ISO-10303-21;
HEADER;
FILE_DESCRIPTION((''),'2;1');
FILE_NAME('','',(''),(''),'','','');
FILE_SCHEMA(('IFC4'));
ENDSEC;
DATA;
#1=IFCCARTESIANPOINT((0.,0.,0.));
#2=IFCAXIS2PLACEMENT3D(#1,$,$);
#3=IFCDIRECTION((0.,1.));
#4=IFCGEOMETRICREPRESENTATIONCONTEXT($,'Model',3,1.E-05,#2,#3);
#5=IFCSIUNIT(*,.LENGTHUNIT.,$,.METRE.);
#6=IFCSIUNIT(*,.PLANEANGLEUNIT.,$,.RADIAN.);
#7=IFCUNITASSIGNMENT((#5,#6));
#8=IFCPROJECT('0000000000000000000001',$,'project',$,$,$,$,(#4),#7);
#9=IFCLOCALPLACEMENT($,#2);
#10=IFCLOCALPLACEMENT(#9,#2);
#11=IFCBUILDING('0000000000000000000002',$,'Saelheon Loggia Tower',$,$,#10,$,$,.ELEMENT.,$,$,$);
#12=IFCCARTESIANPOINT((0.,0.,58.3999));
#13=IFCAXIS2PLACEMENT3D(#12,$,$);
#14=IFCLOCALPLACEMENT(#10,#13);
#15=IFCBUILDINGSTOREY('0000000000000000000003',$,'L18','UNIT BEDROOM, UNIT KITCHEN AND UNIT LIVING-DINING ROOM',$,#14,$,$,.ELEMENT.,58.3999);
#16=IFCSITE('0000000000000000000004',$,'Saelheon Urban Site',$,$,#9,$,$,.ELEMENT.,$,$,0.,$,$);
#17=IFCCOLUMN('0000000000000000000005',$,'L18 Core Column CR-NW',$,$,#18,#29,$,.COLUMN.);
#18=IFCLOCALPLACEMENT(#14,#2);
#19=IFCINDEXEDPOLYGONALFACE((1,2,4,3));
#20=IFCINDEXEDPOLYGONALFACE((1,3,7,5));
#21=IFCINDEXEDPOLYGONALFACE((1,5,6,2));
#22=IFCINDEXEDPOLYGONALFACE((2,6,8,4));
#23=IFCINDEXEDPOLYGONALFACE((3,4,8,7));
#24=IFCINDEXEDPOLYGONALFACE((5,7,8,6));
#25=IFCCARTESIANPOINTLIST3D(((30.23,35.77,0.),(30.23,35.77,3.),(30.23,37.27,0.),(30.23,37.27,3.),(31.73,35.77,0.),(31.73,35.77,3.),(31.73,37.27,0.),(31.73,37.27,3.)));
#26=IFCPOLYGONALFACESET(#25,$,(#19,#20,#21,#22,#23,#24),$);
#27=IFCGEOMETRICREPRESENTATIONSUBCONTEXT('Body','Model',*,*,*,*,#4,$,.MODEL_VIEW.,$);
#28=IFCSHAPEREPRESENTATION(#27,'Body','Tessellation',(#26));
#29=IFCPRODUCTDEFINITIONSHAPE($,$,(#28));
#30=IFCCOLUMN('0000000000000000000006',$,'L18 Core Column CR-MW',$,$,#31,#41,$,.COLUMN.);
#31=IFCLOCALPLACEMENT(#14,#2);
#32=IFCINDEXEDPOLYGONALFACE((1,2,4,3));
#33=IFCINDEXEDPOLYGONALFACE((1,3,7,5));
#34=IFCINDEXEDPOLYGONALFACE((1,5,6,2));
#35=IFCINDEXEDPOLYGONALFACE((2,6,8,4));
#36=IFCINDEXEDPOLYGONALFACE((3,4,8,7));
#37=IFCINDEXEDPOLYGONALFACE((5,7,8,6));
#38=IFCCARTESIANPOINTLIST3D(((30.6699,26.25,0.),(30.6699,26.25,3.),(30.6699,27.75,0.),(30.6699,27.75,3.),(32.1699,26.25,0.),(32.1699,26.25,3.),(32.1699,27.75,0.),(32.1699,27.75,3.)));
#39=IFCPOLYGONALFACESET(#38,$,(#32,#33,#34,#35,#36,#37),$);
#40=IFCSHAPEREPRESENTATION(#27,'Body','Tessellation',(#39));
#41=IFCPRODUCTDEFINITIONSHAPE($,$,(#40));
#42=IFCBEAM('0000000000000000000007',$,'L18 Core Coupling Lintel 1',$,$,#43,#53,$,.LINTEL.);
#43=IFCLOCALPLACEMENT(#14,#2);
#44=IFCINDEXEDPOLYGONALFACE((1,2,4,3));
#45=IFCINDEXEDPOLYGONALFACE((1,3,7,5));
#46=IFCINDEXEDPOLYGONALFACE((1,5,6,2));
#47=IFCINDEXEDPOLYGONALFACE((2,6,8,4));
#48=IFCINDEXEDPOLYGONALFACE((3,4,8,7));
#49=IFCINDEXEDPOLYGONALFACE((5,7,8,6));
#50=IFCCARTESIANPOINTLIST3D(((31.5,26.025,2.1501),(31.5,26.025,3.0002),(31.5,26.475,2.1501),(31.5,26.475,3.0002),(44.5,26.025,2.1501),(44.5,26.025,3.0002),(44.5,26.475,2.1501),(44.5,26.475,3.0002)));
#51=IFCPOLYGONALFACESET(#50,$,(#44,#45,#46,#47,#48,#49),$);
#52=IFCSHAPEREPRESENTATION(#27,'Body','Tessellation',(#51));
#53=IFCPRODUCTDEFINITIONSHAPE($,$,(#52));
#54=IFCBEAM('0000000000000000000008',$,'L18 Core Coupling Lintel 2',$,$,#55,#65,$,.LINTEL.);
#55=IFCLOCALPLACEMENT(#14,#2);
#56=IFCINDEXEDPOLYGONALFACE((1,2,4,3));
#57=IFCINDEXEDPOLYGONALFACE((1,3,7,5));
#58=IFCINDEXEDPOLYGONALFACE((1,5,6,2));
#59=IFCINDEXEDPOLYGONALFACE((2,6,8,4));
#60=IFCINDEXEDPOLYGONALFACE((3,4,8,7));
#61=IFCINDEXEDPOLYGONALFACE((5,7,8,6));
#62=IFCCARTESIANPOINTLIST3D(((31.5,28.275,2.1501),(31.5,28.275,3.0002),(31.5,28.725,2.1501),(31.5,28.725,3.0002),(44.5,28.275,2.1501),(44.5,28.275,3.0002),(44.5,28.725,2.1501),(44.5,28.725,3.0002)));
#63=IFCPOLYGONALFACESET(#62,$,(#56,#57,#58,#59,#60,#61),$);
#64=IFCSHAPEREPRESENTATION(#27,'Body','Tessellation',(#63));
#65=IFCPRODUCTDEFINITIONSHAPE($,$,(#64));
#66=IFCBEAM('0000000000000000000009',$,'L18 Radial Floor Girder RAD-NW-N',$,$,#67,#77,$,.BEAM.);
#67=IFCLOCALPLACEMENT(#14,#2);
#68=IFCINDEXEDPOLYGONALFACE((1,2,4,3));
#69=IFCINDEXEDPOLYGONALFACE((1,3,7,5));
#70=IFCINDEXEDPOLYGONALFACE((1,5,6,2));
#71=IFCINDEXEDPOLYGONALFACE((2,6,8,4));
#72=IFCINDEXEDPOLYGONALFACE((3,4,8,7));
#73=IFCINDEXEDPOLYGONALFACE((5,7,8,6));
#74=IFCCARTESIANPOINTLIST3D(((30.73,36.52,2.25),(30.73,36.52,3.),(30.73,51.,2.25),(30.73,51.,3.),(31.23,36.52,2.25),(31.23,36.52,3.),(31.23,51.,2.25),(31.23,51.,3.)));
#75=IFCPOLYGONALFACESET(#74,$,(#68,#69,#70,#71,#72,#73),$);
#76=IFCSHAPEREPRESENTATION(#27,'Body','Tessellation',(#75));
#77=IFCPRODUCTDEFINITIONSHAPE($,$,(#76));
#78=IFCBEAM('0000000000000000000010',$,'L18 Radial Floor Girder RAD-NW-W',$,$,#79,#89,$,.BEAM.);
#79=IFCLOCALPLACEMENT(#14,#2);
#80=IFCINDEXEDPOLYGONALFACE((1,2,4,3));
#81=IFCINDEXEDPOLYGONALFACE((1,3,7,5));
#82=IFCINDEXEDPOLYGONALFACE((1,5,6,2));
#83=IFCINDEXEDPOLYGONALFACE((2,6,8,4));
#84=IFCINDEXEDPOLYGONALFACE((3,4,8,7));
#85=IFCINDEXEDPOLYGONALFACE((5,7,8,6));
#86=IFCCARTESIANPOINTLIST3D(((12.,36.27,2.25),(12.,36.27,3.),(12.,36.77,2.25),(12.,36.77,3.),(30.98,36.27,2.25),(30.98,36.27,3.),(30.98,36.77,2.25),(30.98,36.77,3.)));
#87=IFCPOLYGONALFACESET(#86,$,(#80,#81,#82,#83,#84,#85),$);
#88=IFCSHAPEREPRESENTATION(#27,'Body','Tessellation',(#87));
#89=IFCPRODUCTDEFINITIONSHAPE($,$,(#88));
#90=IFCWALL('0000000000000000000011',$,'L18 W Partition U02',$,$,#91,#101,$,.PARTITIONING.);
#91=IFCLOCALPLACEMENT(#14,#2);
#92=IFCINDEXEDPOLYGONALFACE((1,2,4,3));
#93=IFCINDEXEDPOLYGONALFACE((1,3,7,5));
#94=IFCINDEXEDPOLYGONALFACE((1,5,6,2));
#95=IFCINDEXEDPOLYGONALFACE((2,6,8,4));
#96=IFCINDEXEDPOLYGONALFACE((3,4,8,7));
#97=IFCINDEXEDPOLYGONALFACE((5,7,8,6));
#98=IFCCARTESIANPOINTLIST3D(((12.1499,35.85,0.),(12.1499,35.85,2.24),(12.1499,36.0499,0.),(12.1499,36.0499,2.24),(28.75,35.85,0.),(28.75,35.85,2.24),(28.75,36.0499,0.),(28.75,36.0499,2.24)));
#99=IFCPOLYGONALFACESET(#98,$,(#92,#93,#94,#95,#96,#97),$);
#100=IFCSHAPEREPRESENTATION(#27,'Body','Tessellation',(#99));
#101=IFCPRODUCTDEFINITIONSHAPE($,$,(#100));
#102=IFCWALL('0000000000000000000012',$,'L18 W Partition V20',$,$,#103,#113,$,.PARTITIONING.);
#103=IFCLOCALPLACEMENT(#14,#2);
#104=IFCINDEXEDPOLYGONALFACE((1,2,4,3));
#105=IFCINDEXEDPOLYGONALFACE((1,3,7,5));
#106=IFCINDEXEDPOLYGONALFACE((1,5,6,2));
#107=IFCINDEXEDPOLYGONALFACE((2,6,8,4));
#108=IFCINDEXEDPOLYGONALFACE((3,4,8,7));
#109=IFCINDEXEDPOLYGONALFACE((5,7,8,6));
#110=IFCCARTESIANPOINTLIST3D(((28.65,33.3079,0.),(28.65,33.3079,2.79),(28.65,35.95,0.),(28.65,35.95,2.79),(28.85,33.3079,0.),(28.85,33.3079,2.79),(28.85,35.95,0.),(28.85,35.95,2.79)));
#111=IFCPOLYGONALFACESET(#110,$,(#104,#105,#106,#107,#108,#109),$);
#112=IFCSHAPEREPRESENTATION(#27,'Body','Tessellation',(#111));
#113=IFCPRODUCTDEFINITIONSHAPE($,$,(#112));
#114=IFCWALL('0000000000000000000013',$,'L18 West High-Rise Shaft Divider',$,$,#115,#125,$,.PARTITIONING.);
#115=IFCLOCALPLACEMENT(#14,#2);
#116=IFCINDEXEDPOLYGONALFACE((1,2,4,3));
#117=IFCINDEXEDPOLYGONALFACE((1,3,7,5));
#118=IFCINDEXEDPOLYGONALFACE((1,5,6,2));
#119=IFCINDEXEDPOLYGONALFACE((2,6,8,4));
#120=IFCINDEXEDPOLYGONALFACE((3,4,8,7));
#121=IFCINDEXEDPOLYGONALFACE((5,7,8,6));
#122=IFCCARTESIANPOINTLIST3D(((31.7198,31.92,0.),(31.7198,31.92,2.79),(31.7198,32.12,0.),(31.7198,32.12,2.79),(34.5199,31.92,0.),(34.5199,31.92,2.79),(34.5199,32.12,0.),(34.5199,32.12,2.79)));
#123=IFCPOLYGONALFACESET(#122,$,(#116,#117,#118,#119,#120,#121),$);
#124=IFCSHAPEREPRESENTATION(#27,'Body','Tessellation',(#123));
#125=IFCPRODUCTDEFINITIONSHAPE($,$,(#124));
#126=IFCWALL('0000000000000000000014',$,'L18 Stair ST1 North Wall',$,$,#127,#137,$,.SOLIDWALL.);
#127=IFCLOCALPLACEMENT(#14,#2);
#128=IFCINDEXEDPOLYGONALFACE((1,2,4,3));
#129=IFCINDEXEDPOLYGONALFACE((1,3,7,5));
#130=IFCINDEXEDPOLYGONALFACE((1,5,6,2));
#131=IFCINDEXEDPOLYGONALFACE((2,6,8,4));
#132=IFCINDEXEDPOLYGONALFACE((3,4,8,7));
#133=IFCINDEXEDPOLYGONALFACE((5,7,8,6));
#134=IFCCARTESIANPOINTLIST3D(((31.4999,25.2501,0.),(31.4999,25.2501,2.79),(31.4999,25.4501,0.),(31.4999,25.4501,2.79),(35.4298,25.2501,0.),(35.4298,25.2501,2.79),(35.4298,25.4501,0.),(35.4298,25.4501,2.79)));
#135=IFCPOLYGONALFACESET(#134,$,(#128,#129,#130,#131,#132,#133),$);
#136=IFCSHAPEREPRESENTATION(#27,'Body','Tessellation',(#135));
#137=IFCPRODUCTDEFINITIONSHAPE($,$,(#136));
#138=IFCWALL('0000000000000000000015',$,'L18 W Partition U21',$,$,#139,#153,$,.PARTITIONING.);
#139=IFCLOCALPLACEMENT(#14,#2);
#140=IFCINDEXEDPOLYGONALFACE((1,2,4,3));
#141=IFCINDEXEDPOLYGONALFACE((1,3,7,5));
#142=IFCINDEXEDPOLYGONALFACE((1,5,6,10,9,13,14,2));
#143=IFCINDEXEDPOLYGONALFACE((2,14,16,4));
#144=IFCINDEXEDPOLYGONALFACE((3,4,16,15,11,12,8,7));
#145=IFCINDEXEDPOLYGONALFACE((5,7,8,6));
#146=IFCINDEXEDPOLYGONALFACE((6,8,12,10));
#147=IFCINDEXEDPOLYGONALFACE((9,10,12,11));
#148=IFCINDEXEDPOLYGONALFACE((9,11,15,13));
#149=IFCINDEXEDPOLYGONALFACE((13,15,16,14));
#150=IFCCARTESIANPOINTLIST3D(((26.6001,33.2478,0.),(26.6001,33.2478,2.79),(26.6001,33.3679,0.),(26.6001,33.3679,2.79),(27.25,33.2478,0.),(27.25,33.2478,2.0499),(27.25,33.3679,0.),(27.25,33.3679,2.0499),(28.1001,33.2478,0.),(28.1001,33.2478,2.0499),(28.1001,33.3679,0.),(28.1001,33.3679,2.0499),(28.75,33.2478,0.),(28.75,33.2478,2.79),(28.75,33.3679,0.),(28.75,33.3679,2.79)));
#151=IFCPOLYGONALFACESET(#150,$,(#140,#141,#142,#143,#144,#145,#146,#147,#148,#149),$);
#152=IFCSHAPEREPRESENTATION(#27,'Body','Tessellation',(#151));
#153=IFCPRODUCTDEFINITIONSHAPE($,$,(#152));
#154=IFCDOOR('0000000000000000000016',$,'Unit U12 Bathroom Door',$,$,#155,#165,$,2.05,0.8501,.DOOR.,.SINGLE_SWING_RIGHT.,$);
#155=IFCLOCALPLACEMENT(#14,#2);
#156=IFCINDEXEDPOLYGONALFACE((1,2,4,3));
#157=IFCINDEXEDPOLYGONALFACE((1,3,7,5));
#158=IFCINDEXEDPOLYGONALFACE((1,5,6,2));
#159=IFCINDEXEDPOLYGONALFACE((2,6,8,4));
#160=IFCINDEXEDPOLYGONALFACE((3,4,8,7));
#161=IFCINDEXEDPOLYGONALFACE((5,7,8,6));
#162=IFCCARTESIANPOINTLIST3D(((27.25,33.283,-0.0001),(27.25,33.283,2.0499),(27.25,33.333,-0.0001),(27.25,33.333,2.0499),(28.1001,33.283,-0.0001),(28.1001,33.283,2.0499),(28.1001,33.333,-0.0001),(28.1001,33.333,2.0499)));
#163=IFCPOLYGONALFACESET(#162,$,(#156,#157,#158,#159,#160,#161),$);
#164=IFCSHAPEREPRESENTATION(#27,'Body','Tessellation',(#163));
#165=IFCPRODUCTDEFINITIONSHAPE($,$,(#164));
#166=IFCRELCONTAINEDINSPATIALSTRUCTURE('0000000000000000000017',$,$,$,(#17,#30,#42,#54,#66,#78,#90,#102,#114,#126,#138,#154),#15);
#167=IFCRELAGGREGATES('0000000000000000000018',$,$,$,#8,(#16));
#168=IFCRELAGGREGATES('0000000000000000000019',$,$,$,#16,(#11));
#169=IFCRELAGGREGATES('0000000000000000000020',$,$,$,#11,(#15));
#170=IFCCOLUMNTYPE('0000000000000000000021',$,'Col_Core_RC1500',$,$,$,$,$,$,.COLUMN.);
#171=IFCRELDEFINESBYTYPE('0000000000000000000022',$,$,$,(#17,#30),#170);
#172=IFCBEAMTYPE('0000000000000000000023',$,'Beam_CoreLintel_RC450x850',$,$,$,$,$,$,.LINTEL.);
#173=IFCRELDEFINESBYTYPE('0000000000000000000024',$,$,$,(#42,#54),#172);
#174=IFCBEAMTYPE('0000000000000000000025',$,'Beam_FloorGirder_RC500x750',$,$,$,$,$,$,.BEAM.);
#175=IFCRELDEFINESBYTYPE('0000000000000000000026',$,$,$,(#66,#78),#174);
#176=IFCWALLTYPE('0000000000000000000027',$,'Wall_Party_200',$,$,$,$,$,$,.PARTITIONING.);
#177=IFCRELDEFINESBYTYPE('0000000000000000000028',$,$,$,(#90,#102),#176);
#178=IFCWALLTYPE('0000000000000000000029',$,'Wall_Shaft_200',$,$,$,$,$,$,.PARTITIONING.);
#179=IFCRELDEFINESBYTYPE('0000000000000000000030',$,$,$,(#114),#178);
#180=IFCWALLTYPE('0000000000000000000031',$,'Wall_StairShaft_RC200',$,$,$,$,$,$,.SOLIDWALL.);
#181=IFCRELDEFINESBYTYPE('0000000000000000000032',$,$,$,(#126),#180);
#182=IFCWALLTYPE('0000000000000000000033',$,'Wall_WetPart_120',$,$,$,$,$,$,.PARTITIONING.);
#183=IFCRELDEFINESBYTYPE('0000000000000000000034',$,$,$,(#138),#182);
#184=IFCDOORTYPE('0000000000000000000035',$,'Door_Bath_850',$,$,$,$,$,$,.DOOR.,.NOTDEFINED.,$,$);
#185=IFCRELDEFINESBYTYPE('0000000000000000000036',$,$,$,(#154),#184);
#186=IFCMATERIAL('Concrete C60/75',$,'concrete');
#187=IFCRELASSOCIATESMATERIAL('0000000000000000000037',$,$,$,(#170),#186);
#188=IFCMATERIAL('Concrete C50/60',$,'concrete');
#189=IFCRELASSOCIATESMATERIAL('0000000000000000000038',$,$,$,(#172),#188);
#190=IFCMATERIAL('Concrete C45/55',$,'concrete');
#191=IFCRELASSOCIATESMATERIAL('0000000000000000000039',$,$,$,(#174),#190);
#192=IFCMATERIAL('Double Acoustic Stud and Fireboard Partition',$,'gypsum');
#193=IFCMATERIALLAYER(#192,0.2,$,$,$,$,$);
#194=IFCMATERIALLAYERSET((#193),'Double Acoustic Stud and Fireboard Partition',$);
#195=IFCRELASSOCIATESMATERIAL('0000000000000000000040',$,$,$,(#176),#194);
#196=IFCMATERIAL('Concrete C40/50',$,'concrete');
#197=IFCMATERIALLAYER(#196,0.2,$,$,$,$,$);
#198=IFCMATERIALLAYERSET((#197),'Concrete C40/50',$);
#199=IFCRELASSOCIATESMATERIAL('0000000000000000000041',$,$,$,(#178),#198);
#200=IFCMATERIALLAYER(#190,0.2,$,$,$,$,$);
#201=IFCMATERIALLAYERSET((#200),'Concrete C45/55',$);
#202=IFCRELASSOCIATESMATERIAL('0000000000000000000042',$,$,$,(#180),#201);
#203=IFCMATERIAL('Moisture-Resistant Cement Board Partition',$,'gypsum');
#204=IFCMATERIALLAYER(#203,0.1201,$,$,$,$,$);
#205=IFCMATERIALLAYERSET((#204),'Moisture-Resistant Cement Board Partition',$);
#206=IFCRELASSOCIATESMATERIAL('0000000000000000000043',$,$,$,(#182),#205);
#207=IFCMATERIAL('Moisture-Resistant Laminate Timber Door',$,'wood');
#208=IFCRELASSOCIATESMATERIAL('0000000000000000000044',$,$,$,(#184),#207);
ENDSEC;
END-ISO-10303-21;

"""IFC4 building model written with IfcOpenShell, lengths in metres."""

from ifc_helpers import new_model, si_unit, direction, frame, frame_2d, origin, origin_2d, place, context, subcontext, project, spatial, rectangle, extrude, source, transform, mapped, material, layer, layer_set, material_profile, profile_set, type_object, element, fill, save


model = new_model("IFC4")

# Units and contexts
model_context = context("Model", 3, precision=1e-05, world=origin(), true_north=direction((0.0, 1.0)))
body_context = subcontext(model_context, "Body", "Model", "MODEL_VIEW")
ifc_project = project(units=[si_unit("LENGTHUNIT", "METRE"), si_unit("PLANEANGLEUNIT", "RADIAN")], contexts=[model_context])

# Site, building, storey
site_placement = place(None, origin())
site = spatial("IfcSite", under=ifc_project, at=site_placement, Name="Saelheon Urban Site", CompositionType="ELEMENT", RefElevation=0.0)
building_placement = place(site_placement, origin())
building = spatial("IfcBuilding", under=site, at=building_placement, Name="Saelheon Loggia Tower", CompositionType="ELEMENT")
storey_placement = place(building_placement, frame((0.0, 0.0, 58.3999)))
storey = spatial("IfcBuildingStorey", under=building, at=storey_placement, Name="L18", Description="UNIT BEDROOM, UNIT KITCHEN AND UNIT LIVING-DINING ROOM", CompositionType="ELEMENT", Elevation=58.3999)

# Columns
ifc_material_1 = material(Name="Concrete C60/75", Category="concrete")
ifc_material_profile_1 = material_profile(ifc_material_1, rectangle(XDim=1.5, YDim=1.5, at=origin_2d()), Name="RC-1500x1500")
ifc_profile_set_1 = profile_set([ifc_material_profile_1], Name="Concrete C60/75")
column_type = type_object("IfcColumnType", Name="Col_Core_RC1500", PredefinedType="COLUMN", material=ifc_profile_set_1)
shared_shape_1 = source(origin(), body_context, "Body", "SweptSolid", [
    extrude(rectangle(XDim=1.5, YDim=1.5, at=origin_2d()), origin(), (0.0, 0.0, 1.0), 3.0),
])
for number, where, z_axis, x_axis, name in (
    (1, (30.98, 36.52, 0.0), (0.0, 0.0, 1.0), (1.0, 0.0, 0.0), "L18 Core Column CR-NW"),
    (2, (31.4199, 27.0, 0.0), (0.0, 0.0, 1.0), (1.0, 0.0, 0.0), "L18 Core Column CR-MW"),
):
    element("IfcColumn", number, at=place(storey_placement, frame(where, z_axis=z_axis, x_axis=x_axis)), inside=storey, type_object=column_type, Name=name, PredefinedType="COLUMN", context=body_context, shape_type="MappedRepresentation", body=[
        mapped(shared_shape_1, transform((0.0, 0.0, 0.0), scale=1.0)),
    ])

# Beams
ifc_material_2 = material(Name="Concrete C50/60", Category="concrete")
ifc_material_profile_2 = material_profile(ifc_material_2, rectangle(XDim=0.45, YDim=0.8501, at=origin_2d()), Name="RC-450x850")
ifc_profile_set_2 = profile_set([ifc_material_profile_2], Name="Concrete C50/60")
beam_type_1 = type_object("IfcBeamType", Name="Beam_CoreLintel_RC450x850", PredefinedType="LINTEL", material=ifc_profile_set_2)
shared_shape_2 = source(origin(), body_context, "Body", "SweptSolid", [
    extrude(rectangle(XDim=0.45, YDim=0.8501, at=origin_2d()), origin(), (0.0, 0.0, 1.0), 13.0),
])
for number, where, z_axis, x_axis, name in (
    (3, (31.5, 26.25, 2.5752), (1.0, 0.0, 0.0), (0.0, 1.0, 0.0), "L18 Core Coupling Lintel 1"),
    (4, (31.5, 28.5, 2.5752), (1.0, 0.0, 0.0), (0.0, 1.0, 0.0), "L18 Core Coupling Lintel 2"),
):
    element("IfcBeam", number, at=place(storey_placement, frame(where, z_axis=z_axis, x_axis=x_axis)), inside=storey, type_object=beam_type_1, Name=name, PredefinedType="LINTEL", context=body_context, shape_type="MappedRepresentation", body=[
        mapped(shared_shape_2, transform((0.0, 0.0, 0.0), scale=1.0)),
    ])
ifc_material_3 = material(Name="Concrete C45/55", Category="concrete")
ifc_material_profile_3 = material_profile(ifc_material_3, rectangle(XDim=0.5, YDim=0.75, at=origin_2d()), Name="RC-500x750")
ifc_profile_set_3 = profile_set([ifc_material_profile_3], Name="Concrete C45/55")
beam_type_2 = type_object("IfcBeamType", Name="Beam_FloorGirder_RC500x750", PredefinedType="BEAM", material=ifc_profile_set_3)
shared_shape_3 = source(origin(), body_context, "Body", "SweptSolid", [
    extrude(rectangle(XDim=0.5, YDim=0.75, at=origin_2d()), origin(), (0.0, 0.0, 1.0), 14.48),
])
beam_1_placement = place(storey_placement, frame((30.98, 36.52, 2.625), z_axis=(0.0, 1.0, 0.0), x_axis=(-1.0, 0.0, 0.0)))
element("IfcBeam", 5, at=beam_1_placement, inside=storey, type_object=beam_type_2, Name="L18 Radial Floor Girder RAD-NW-N", PredefinedType="BEAM", context=body_context, shape_type="MappedRepresentation", body=[
    mapped(shared_shape_3, transform((0.0, 0.0, 0.0), scale=1.0)),
])
shared_shape_4 = source(origin(), body_context, "Body", "SweptSolid", [
    extrude(rectangle(XDim=0.5, YDim=0.75, at=origin_2d()), origin(), (0.0, 0.0, 1.0), 18.98),
])
beam_2_placement = place(storey_placement, frame((30.98, 36.52, 2.625), z_axis=(-1.0, 0.0, 0.0), x_axis=(0.0, -1.0, 0.0)))
element("IfcBeam", 6, at=beam_2_placement, inside=storey, type_object=beam_type_2, Name="L18 Radial Floor Girder RAD-NW-W", PredefinedType="BEAM", context=body_context, shape_type="MappedRepresentation", body=[
    mapped(shared_shape_4, transform((0.0, 0.0, 0.0), scale=1.0)),
])

# Wall
ifc_material_4 = material(Name="Double Acoustic Stud and Fireboard Partition", Category="gypsum")
ifc_layer_1 = layer(ifc_material_4, 0.2)
ifc_layer_set_1 = layer_set([ifc_layer_1], Name="Double Acoustic Stud and Fireboard Partition")
wall_type_1 = type_object("IfcWallType", Name="Wall_Party_200", PredefinedType="PARTITIONING", material=ifc_layer_set_1)
wall_1_placement = place(storey_placement, frame((28.75, 35.95, 0.0), z_axis=(0.0, 0.0, 1.0), x_axis=(-1.0, 0.0, 0.0)))
element("IfcWall", 7, at=wall_1_placement, inside=storey, type_object=wall_type_1, Name="L18 W Partition U02", PredefinedType="PARTITIONING", context=body_context, shape_type="SweptSolid", body=[
    extrude(rectangle(XDim=16.6001, YDim=0.2, at=frame_2d((8.3, 0.0))), origin(), (0.0, 0.0, 1.0), 2.24),
])

# Walls
wall_2_placement = place(storey_placement, frame((28.75, 33.3079, 0.0), z_axis=(0.0, 0.0, 1.0), x_axis=(0.0, 1.0, 0.0)))
element("IfcWall", 8, at=wall_2_placement, inside=storey, type_object=wall_type_1, Name="L18 W Partition V20", PredefinedType="PARTITIONING", context=body_context, shape_type="SweptSolid", body=[
    extrude(rectangle(XDim=2.6421, YDim=0.2, at=frame_2d((1.321, 0.0))), origin(), (0.0, 0.0, 1.0), 2.79),
])
ifc_material_5 = material(Name="Concrete C40/50", Category="concrete")
ifc_layer_2 = layer(ifc_material_5, 0.2)
ifc_layer_set_2 = layer_set([ifc_layer_2], Name="Concrete C40/50")
wall_type_2 = type_object("IfcWallType", Name="Wall_Shaft_200", PredefinedType="PARTITIONING", material=ifc_layer_set_2)
wall_3_placement = place(storey_placement, frame((31.72, 32.02, 0.0), z_axis=(0.0, 0.0, 1.0), x_axis=(1.0, 0.0, 0.0)))
element("IfcWall", 9, at=wall_3_placement, inside=storey, type_object=wall_type_2, Name="L18 West High-Rise Shaft Divider", PredefinedType="PARTITIONING", context=body_context, shape_type="SweptSolid", body=[
    extrude(rectangle(XDim=2.8, YDim=0.2, at=frame_2d((1.3999, 0.0))), origin(), (0.0, 0.0, 1.0), 2.79),
])
ifc_layer_3 = layer(ifc_material_3, 0.2)
ifc_layer_set_3 = layer_set([ifc_layer_3], Name="Concrete C45/55")
wall_type_3 = type_object("IfcWallType", Name="Wall_StairShaft_RC200", PredefinedType="SOLIDWALL", material=ifc_layer_set_3)
wall_4_placement = place(storey_placement, frame((31.5, 25.3501, 0.0), z_axis=(0.0, 0.0, 1.0), x_axis=(1.0, 0.0, 0.0)))
element("IfcWall", 10, at=wall_4_placement, inside=storey, type_object=wall_type_3, Name="L18 Stair ST1 North Wall", PredefinedType="SOLIDWALL", context=body_context, shape_type="SweptSolid", body=[
    extrude(rectangle(XDim=3.9299, YDim=0.2, at=frame_2d((1.9648, 0.0))), origin(), (0.0, 0.0, 1.0), 2.79),
])

# Wall, opening, door
ifc_material_6 = material(Name="Moisture-Resistant Cement Board Partition", Category="gypsum")
ifc_layer_4 = layer(ifc_material_6, 0.1201)
ifc_layer_set_4 = layer_set([ifc_layer_4], Name="Moisture-Resistant Cement Board Partition")
wall_type_4 = type_object("IfcWallType", Name="Wall_WetPart_120", PredefinedType="PARTITIONING", material=ifc_layer_set_4)
wall_5_placement = place(storey_placement, frame((28.75, 33.3079, 0.0), z_axis=(0.0, 0.0, 1.0), x_axis=(-1.0, 0.0, 0.0)))
wall_5 = element("IfcWall", 11, at=wall_5_placement, inside=storey, type_object=wall_type_4, Name="L18 W Partition U21", PredefinedType="PARTITIONING", context=body_context, shape_type="SweptSolid", body=[
    extrude(rectangle(XDim=2.1499, YDim=0.1201, at=frame_2d((1.075, 0.0))), origin(), (0.0, 0.0, 1.0), 2.79),
])
opening_1_placement = place(wall_5_placement, frame((0.6499, 0.0, 0.0)))
opening_1 = element("IfcOpeningElement", 12, at=opening_1_placement, cuts=wall_5, PredefinedType="OPENING", context=body_context, shape_type="SweptSolid", body=[
    extrude(rectangle(XDim=0.8501, YDim=2.05, at=frame_2d((0.425, 1.0249))), frame((0.0, 0.072, 0.0), z_axis=(0.0, -1.0, 0.0), x_axis=(1.0, 0.0, 0.0)), (0.0, 0.0, 1.0), 0.144),
])
ifc_material_7 = material(Name="Moisture-Resistant Laminate Timber Door", Category="wood")
door_type_1 = type_object("IfcDoorType", Name="Door_Bath_850", OperationType="NOTDEFINED", PredefinedType="DOOR", material=ifc_material_7)
shared_shape_5 = source(origin(), body_context, "Body", "SweptSolid", [
    extrude(rectangle(XDim=0.8501, YDim=2.05, at=frame_2d((0.425, 1.0249))), frame((0.0, 0.0249, 0.0), z_axis=(0.0, -1.0, 0.0), x_axis=(1.0, 0.0, 0.0)), (0.0, 0.0, 1.0), 0.05),
])
door_1_placement = place(opening_1_placement, origin())
door_1 = element("IfcDoor", 13, at=door_1_placement, inside=storey, type_object=door_type_1, Name="Unit U12 Bathroom Door", OperationType="SINGLE_SWING_RIGHT", OverallHeight=2.05, OverallWidth=0.8501, PredefinedType="DOOR", context=body_context, shape_type="MappedRepresentation", body=[
    mapped(shared_shape_5, transform((0.0, 0.0, 0.0), scale=1.0)),
])
fill(opening_1, door_1)

save(model, "model.ifc")
